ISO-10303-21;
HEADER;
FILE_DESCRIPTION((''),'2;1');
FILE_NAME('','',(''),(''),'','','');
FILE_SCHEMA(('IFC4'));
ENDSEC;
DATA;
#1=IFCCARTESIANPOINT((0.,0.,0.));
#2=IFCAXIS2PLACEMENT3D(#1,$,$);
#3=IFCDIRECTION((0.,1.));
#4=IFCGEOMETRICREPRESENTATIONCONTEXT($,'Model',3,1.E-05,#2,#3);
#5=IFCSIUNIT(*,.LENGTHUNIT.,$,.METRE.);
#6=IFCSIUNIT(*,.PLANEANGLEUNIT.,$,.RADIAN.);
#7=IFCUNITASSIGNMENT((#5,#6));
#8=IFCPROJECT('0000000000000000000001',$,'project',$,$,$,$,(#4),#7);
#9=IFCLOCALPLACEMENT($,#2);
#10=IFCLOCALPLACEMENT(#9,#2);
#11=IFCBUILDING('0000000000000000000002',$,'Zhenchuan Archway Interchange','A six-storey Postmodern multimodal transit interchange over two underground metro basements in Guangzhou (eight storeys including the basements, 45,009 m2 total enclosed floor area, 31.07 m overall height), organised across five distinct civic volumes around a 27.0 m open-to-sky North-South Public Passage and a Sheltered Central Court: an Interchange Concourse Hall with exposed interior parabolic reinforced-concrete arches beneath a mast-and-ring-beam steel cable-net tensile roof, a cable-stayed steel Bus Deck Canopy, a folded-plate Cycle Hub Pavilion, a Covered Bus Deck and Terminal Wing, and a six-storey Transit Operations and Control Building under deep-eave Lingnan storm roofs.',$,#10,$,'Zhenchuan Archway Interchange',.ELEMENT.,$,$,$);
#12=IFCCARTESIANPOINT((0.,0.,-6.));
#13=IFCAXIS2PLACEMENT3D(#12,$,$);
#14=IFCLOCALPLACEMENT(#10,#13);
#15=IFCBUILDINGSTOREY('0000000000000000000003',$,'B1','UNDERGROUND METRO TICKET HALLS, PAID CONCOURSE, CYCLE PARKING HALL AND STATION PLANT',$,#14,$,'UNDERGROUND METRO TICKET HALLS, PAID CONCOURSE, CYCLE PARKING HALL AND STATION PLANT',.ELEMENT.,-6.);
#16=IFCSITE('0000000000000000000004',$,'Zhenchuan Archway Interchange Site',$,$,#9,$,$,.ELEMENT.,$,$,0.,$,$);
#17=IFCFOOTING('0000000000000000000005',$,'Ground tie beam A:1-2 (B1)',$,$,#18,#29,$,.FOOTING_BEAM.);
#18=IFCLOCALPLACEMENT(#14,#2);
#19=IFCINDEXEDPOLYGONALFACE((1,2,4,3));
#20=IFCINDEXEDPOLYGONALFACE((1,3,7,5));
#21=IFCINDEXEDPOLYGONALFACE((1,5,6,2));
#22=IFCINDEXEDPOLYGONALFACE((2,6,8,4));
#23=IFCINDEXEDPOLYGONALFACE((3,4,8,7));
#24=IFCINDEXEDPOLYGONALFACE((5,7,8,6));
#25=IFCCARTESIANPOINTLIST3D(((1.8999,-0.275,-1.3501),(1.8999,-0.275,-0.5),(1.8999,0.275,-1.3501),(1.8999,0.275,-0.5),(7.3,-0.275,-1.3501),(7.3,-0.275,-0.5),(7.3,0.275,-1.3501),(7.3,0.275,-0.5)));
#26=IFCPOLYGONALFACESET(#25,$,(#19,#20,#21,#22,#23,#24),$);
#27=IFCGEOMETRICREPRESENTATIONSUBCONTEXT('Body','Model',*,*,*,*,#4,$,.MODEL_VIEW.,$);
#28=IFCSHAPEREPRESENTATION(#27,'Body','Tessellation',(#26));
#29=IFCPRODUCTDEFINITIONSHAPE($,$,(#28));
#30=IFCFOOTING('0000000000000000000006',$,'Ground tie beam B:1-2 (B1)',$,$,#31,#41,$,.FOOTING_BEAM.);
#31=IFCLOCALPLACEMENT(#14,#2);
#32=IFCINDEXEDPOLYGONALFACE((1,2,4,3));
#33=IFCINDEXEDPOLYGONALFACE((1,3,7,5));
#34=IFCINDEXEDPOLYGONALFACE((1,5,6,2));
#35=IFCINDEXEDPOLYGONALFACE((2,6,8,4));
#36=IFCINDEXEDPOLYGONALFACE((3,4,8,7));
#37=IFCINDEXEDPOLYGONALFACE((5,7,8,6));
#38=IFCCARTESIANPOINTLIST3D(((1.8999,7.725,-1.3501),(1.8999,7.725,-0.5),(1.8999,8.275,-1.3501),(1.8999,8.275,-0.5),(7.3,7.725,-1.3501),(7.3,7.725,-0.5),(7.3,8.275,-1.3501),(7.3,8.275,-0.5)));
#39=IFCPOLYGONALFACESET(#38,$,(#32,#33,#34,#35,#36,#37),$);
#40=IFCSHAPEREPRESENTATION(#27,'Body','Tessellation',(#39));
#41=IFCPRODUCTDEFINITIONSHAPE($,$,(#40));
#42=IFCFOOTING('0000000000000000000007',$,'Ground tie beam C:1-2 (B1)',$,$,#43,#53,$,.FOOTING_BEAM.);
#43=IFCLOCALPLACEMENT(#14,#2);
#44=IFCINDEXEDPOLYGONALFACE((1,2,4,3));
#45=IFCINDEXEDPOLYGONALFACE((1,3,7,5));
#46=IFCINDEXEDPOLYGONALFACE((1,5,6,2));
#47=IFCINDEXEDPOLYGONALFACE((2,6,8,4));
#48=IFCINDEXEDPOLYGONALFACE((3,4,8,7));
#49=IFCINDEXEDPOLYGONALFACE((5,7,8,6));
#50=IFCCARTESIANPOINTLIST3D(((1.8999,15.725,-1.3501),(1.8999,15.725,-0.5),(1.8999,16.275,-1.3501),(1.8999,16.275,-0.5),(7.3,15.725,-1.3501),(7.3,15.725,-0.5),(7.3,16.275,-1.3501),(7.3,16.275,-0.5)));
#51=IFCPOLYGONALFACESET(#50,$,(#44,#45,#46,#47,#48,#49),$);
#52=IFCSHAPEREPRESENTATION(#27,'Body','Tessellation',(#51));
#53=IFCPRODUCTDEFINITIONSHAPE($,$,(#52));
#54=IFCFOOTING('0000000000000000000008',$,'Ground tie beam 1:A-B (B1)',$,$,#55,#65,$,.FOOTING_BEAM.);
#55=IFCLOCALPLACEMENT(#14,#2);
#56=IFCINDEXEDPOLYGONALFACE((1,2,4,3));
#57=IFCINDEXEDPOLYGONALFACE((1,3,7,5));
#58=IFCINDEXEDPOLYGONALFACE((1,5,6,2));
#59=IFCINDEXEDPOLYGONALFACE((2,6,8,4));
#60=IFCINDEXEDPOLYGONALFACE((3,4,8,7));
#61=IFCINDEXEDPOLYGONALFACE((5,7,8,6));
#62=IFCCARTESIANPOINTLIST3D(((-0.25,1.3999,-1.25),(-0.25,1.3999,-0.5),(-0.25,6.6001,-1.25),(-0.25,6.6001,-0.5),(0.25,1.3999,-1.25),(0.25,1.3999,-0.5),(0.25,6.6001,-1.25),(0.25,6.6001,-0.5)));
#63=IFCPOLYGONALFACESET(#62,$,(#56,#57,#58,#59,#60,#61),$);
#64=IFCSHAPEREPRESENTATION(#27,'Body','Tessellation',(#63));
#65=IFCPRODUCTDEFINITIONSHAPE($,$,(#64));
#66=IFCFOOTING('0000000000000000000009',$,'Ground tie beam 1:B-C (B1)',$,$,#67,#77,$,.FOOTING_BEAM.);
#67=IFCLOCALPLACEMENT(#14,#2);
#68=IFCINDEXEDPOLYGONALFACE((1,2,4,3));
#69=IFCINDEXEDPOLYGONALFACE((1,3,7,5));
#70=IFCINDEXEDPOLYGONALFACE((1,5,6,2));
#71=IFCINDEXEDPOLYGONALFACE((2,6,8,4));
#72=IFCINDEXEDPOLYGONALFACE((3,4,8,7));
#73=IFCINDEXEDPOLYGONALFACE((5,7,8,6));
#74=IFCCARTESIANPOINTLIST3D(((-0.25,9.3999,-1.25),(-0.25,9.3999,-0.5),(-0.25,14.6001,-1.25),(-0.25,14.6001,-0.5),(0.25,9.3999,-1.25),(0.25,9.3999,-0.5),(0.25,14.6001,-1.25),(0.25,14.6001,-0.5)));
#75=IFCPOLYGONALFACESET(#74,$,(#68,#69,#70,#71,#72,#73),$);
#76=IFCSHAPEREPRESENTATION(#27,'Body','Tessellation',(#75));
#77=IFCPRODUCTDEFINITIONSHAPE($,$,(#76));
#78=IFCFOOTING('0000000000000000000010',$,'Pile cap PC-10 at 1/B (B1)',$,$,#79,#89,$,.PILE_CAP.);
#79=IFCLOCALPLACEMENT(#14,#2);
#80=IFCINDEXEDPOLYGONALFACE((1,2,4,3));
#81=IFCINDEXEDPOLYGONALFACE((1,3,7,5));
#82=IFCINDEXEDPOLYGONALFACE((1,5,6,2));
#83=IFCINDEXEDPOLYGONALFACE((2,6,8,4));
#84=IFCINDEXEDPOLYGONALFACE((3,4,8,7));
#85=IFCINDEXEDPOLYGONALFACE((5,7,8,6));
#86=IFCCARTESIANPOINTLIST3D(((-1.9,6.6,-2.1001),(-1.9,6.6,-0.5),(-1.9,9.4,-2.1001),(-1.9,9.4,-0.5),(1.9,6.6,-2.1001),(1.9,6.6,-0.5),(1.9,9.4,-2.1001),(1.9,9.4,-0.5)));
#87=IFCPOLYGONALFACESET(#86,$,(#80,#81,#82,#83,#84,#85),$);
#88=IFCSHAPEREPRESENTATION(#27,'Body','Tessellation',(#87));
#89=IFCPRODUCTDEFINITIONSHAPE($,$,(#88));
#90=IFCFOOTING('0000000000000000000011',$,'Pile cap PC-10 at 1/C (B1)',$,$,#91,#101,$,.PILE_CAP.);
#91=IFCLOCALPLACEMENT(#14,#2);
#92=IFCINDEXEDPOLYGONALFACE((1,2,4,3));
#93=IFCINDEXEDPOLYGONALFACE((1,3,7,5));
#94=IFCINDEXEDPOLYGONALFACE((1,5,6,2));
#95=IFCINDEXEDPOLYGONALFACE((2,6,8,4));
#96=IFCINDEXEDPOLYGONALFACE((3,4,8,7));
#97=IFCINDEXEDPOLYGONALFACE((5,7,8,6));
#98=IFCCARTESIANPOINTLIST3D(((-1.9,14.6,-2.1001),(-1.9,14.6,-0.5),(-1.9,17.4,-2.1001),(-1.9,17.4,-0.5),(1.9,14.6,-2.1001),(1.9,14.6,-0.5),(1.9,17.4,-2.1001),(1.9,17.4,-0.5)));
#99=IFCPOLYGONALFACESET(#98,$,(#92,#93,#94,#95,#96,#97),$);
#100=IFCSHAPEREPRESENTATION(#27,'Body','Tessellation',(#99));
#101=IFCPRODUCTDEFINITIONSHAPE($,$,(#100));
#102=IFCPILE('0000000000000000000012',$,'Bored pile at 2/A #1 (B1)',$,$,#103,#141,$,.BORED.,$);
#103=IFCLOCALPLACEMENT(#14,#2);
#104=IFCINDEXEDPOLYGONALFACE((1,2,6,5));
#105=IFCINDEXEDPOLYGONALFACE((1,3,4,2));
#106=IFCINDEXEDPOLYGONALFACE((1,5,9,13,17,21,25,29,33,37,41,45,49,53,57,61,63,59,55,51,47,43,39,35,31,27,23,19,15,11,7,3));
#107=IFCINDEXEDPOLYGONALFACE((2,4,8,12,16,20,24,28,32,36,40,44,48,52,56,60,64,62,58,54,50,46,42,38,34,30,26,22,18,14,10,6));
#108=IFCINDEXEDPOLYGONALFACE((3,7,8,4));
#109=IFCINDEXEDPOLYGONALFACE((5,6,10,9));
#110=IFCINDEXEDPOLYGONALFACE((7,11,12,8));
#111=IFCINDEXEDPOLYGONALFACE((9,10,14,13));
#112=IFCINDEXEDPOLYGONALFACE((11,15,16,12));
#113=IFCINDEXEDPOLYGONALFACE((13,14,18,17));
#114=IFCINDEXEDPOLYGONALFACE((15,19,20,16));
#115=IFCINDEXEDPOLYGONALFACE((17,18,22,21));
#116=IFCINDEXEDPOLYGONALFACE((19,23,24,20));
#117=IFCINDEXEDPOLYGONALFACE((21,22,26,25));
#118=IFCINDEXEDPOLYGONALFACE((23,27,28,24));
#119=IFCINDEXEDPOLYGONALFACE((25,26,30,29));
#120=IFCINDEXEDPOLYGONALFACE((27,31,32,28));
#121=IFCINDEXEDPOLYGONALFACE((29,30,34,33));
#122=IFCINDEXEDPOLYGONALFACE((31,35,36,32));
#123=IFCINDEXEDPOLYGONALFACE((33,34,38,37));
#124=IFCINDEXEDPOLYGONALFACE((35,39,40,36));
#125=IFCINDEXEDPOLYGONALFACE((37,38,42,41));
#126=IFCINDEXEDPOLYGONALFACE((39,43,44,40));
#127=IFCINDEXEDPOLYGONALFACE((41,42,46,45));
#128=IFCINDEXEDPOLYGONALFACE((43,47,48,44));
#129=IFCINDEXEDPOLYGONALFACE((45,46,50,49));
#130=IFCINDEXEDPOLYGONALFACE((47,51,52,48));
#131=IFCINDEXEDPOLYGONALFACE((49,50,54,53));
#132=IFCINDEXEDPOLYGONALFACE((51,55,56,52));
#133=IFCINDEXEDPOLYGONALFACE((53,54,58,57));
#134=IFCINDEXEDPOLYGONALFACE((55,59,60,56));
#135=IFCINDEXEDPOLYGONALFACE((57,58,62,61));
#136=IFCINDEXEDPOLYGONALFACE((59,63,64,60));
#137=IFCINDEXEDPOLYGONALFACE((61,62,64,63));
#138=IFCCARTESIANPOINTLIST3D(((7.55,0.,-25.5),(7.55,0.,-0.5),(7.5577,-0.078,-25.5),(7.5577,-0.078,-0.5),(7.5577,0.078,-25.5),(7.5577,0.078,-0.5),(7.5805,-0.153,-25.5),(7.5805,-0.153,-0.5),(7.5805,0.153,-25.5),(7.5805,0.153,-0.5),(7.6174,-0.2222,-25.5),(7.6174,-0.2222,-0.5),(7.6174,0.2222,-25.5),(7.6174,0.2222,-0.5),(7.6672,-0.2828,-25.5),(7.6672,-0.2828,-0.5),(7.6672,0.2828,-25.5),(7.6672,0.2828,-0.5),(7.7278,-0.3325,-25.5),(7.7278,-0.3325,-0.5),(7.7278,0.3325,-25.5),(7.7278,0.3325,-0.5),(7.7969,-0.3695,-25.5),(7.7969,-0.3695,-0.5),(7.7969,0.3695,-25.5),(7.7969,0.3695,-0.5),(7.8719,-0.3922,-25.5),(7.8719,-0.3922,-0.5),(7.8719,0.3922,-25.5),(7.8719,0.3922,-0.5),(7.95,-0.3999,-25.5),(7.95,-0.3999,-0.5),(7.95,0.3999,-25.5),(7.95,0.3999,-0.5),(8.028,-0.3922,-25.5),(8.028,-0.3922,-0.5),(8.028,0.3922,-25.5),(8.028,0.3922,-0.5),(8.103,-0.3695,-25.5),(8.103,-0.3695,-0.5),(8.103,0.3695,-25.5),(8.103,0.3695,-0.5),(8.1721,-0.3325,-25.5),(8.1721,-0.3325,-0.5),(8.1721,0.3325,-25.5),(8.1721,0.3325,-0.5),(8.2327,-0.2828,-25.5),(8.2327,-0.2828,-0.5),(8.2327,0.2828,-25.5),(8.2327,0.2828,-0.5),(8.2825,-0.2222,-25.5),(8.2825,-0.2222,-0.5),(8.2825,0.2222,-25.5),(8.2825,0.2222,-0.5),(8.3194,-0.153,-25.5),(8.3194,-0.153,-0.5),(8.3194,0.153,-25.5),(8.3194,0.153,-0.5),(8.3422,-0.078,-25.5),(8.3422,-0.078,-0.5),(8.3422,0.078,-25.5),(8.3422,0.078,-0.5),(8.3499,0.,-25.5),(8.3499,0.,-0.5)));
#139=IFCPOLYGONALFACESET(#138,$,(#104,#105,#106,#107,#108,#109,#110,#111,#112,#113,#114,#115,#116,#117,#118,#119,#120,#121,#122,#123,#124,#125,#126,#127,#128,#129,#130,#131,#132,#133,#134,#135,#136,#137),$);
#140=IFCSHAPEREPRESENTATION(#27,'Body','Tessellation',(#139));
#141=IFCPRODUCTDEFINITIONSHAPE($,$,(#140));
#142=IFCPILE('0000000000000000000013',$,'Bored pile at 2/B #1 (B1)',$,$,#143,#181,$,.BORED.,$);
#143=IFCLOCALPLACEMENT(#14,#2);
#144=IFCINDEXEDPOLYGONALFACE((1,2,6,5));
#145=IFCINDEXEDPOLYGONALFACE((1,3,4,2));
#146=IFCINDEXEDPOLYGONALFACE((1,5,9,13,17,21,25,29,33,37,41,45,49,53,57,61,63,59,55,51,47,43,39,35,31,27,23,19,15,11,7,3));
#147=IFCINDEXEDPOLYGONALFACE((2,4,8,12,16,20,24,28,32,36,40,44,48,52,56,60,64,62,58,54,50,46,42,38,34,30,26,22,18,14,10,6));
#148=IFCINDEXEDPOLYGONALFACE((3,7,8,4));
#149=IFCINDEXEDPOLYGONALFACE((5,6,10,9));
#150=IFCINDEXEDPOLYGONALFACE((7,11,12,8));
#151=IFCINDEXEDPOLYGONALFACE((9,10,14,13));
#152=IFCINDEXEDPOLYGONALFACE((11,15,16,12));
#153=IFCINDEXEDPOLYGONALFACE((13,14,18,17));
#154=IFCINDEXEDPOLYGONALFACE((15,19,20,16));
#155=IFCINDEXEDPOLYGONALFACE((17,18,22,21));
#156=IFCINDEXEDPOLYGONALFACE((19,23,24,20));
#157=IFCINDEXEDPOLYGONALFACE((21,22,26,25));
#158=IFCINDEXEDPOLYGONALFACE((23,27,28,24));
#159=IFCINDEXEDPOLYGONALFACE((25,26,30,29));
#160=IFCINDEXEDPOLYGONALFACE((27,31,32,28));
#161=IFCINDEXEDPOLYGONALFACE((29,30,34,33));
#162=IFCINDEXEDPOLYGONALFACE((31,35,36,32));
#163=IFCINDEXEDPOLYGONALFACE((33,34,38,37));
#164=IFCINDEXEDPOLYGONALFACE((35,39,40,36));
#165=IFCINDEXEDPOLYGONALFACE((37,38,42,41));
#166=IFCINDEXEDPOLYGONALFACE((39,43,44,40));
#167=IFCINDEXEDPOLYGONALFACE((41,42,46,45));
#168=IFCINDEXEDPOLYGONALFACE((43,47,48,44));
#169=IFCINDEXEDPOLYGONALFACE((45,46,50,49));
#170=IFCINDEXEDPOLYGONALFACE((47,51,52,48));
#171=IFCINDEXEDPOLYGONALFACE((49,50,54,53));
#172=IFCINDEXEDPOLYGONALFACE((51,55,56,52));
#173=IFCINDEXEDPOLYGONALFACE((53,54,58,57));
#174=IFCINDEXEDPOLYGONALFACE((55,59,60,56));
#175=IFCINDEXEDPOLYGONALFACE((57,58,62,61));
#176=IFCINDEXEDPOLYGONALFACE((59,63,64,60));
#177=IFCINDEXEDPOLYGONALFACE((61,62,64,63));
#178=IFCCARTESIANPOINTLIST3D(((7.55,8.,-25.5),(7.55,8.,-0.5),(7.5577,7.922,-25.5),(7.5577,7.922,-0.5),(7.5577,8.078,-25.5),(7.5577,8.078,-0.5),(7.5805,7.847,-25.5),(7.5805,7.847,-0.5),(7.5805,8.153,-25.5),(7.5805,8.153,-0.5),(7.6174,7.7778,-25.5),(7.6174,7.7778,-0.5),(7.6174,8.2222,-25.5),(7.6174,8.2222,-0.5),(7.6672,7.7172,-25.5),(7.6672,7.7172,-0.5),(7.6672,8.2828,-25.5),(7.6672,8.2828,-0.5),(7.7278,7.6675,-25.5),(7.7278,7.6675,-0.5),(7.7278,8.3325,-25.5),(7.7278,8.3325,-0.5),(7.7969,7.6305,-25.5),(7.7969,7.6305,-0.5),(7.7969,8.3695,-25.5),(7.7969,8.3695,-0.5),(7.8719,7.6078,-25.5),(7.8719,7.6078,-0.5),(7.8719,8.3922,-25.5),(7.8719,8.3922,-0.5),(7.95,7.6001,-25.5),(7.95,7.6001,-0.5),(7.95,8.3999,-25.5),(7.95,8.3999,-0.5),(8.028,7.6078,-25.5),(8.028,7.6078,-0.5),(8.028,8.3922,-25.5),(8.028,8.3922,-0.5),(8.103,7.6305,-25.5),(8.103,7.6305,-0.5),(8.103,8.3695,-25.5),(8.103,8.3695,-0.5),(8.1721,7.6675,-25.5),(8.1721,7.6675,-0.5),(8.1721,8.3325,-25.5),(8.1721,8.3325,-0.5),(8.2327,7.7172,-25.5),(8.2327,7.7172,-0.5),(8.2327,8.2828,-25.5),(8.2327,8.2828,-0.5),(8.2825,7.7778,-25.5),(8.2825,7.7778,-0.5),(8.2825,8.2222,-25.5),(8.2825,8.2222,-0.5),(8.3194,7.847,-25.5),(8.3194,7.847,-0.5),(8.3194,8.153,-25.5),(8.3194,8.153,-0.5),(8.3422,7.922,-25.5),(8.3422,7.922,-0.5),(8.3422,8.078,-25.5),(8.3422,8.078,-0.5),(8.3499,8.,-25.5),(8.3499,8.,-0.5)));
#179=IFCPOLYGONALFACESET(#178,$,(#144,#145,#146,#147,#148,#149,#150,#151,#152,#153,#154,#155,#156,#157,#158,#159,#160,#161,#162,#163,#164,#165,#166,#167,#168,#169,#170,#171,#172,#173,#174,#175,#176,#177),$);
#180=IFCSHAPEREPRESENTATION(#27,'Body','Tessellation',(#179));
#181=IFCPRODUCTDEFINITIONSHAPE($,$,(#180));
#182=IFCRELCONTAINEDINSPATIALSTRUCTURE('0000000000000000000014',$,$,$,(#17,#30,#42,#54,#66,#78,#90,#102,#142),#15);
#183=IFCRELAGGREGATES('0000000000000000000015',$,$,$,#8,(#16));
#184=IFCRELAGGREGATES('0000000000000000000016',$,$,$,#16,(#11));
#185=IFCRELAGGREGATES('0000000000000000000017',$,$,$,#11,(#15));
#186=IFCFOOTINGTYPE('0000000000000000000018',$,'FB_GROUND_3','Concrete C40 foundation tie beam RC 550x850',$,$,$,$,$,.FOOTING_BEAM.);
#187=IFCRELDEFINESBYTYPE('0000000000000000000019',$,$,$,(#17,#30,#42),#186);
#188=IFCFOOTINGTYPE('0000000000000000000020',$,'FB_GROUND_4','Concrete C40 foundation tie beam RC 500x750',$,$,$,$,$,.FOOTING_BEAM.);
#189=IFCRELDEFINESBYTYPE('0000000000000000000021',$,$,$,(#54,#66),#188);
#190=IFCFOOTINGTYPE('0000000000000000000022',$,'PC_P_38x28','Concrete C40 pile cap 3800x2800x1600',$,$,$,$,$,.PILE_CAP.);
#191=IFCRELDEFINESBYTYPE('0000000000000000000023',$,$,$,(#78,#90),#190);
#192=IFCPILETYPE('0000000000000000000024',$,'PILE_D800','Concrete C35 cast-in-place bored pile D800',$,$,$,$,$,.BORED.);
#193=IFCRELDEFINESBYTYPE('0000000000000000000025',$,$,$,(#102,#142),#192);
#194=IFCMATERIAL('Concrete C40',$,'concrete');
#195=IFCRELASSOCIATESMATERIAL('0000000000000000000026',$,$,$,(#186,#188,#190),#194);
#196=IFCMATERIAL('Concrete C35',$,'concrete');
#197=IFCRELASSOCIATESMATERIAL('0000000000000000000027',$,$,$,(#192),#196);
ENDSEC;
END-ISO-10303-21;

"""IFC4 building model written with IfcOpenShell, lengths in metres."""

from ifc_helpers import new_model, si_unit, direction, frame, origin, origin_2d, place, context, subcontext, project, spatial, rectangle, circle, extrude, material, material_profile, profile_set, type_object, element, save


model = new_model("IFC4")

# Units and contexts
model_context = context("Model", 3, precision=1e-05, world=origin(), true_north=direction((0.0, 1.0)))
body_context = subcontext(model_context, "Body", "Model", "MODEL_VIEW")
ifc_project = project(units=[si_unit("LENGTHUNIT", "METRE"), si_unit("PLANEANGLEUNIT", "RADIAN")], contexts=[model_context])

# Site, building, storey
site_placement = place(None, origin())
site = spatial("IfcSite", under=ifc_project, at=site_placement, Name="Zhenchuan Archway Interchange Site", CompositionType="ELEMENT", RefElevation=0.0)
building_placement = place(site_placement, origin())
building = spatial("IfcBuilding", under=site, at=building_placement, Name="Zhenchuan Archway Interchange", Description="A six-storey Postmodern multimodal transit interchange over two underground metro basements in Guangzhou (eight storeys including the basements, 45,009 m2 total enclosed floor area, 31.07 m overall height), organised across five distinct civic volumes around a 27.0 m open-to-sky North-South Public Passage and a Sheltered Central Court: an Interchange Concourse Hall with exposed interior parabolic reinforced-concrete arches beneath a mast-and-ring-beam steel cable-net tensile roof, a cable-stayed steel Bus Deck Canopy, a folded-plate Cycle Hub Pavilion, a Covered Bus Deck and Terminal Wing, and a six-storey Transit Operations and Control Building under deep-eave Lingnan storm roofs.", LongName="Zhenchuan Archway Interchange", CompositionType="ELEMENT")
storey_placement = place(building_placement, frame((0.0, 0.0, -6.0)))
storey = spatial("IfcBuildingStorey", under=building, at=storey_placement, Name="B1", Description="UNDERGROUND METRO TICKET HALLS, PAID CONCOURSE, CYCLE PARKING HALL AND STATION PLANT", LongName="UNDERGROUND METRO TICKET HALLS, PAID CONCOURSE, CYCLE PARKING HALL AND STATION PLANT", CompositionType="ELEMENT", Elevation=-6.0)

# Footings
ifc_material_1 = material(Name="Concrete C40", Category="concrete")
ifc_material_profile_1 = material_profile(ifc_material_1, rectangle(XDim=0.55, YDim=0.8501, at=origin_2d()), Name="RC 550x850")
ifc_profile_set_1 = profile_set([ifc_material_profile_1], Name="Concrete C40")
footing_type_1 = type_object("IfcFootingType", Name="FB_GROUND_3", Description="Concrete C40 foundation tie beam RC 550x850", PredefinedType="FOOTING_BEAM", material=ifc_profile_set_1)
for number, where, z_axis, x_axis, name in (
    (1, (1.8999, 0.0, -0.925), (1.0, 0.0, 0.0), (0.0, 1.0, 0.0), "Ground tie beam A:1-2 (B1)"),
    (2, (1.8999, 8.0, -0.925), (1.0, 0.0, 0.0), (0.0, 1.0, 0.0), "Ground tie beam B:1-2 (B1)"),
    (3, (1.8999, 16.0, -0.925), (1.0, 0.0, 0.0), (0.0, 1.0, 0.0), "Ground tie beam C:1-2 (B1)"),
):
    element("IfcFooting", number, at=place(storey_placement, frame(where, z_axis=z_axis, x_axis=x_axis)), inside=storey, type_object=footing_type_1, Name=name, PredefinedType="FOOTING_BEAM", context=body_context, shape_type="SweptSolid", body=[
        extrude(rectangle(XDim=0.55, YDim=0.8501, at=origin_2d()), origin(), (0.0, 0.0, 1.0), 5.4001),
    ])
ifc_material_profile_2 = material_profile(ifc_material_1, rectangle(XDim=0.5, YDim=0.75, at=origin_2d()), Name="RC 500x750")
ifc_profile_set_2 = profile_set([ifc_material_profile_2], Name="Concrete C40")
footing_type_2 = type_object("IfcFootingType", Name="FB_GROUND_4", Description="Concrete C40 foundation tie beam RC 500x750", PredefinedType="FOOTING_BEAM", material=ifc_profile_set_2)
for number, where, z_axis, x_axis, name in (
    (4, (0.0, 1.3999, -0.875), (0.0, 1.0, 0.0), (-1.0, 0.0, 0.0), "Ground tie beam 1:A-B (B1)"),
    (5, (0.0, 9.3999, -0.875), (0.0, 1.0, 0.0), (-1.0, 0.0, 0.0), "Ground tie beam 1:B-C (B1)"),
):
    element("IfcFooting", number, at=place(storey_placement, frame(where, z_axis=z_axis, x_axis=x_axis)), inside=storey, type_object=footing_type_2, Name=name, PredefinedType="FOOTING_BEAM", context=body_context, shape_type="SweptSolid", body=[
        extrude(rectangle(XDim=0.5, YDim=0.75, at=origin_2d()), origin(), (0.0, 0.0, 1.0), 5.2002),
    ])
footing_type_3 = type_object("IfcFootingType", Name="PC_P_38x28", Description="Concrete C40 pile cap 3800x2800x1600", PredefinedType="PILE_CAP", material=ifc_material_1)
for number, where, z_axis, x_axis, name in (
    (6, (0.0, 8.0, -2.1001), (0.0, 0.0, 1.0), (1.0, 0.0, 0.0), "Pile cap PC-10 at 1/B (B1)"),
    (7, (0.0, 16.0, -2.1001), (0.0, 0.0, 1.0), (1.0, 0.0, 0.0), "Pile cap PC-10 at 1/C (B1)"),
):
    element("IfcFooting", number, at=place(storey_placement, frame(where, z_axis=z_axis, x_axis=x_axis)), inside=storey, type_object=footing_type_3, Name=name, PredefinedType="PILE_CAP", context=body_context, shape_type="SweptSolid", body=[
        extrude(rectangle(XDim=3.8, YDim=2.8, at=origin_2d()), origin(), (0.0, 0.0, 1.0), 1.6001),
    ])

# Piles
ifc_material_2 = material(Name="Concrete C35", Category="concrete")
ifc_material_profile_3 = material_profile(ifc_material_2, circle(Radius=0.3999, at=origin_2d()), Name="BORED PILE 800")
ifc_profile_set_3 = profile_set([ifc_material_profile_3], Name="Concrete C35")
pile_type_1 = type_object("IfcPileType", Name="PILE_D800", Description="Concrete C35 cast-in-place bored pile D800", PredefinedType="BORED", material=ifc_profile_set_3)
for number, where, z_axis, x_axis, name in (
    (8, (7.95, 0.0, -0.5), (0.0, 0.0, -1.0), (1.0, 0.0, 0.0), "Bored pile at 2/A #1 (B1)"),
    (9, (7.95, 8.0, -0.5), (0.0, 0.0, -1.0), (1.0, 0.0, 0.0), "Bored pile at 2/B #1 (B1)"),
):
    element("IfcPile", number, at=place(storey_placement, frame(where, z_axis=z_axis, x_axis=x_axis)), inside=storey, type_object=pile_type_1, Name=name, PredefinedType="BORED", context=body_context, shape_type="SweptSolid", body=[
        extrude(circle(Radius=0.3999, at=origin_2d()), origin(), (0.0, 0.0, 1.0), 25.0),
    ])

save(model, "model.ifc")
